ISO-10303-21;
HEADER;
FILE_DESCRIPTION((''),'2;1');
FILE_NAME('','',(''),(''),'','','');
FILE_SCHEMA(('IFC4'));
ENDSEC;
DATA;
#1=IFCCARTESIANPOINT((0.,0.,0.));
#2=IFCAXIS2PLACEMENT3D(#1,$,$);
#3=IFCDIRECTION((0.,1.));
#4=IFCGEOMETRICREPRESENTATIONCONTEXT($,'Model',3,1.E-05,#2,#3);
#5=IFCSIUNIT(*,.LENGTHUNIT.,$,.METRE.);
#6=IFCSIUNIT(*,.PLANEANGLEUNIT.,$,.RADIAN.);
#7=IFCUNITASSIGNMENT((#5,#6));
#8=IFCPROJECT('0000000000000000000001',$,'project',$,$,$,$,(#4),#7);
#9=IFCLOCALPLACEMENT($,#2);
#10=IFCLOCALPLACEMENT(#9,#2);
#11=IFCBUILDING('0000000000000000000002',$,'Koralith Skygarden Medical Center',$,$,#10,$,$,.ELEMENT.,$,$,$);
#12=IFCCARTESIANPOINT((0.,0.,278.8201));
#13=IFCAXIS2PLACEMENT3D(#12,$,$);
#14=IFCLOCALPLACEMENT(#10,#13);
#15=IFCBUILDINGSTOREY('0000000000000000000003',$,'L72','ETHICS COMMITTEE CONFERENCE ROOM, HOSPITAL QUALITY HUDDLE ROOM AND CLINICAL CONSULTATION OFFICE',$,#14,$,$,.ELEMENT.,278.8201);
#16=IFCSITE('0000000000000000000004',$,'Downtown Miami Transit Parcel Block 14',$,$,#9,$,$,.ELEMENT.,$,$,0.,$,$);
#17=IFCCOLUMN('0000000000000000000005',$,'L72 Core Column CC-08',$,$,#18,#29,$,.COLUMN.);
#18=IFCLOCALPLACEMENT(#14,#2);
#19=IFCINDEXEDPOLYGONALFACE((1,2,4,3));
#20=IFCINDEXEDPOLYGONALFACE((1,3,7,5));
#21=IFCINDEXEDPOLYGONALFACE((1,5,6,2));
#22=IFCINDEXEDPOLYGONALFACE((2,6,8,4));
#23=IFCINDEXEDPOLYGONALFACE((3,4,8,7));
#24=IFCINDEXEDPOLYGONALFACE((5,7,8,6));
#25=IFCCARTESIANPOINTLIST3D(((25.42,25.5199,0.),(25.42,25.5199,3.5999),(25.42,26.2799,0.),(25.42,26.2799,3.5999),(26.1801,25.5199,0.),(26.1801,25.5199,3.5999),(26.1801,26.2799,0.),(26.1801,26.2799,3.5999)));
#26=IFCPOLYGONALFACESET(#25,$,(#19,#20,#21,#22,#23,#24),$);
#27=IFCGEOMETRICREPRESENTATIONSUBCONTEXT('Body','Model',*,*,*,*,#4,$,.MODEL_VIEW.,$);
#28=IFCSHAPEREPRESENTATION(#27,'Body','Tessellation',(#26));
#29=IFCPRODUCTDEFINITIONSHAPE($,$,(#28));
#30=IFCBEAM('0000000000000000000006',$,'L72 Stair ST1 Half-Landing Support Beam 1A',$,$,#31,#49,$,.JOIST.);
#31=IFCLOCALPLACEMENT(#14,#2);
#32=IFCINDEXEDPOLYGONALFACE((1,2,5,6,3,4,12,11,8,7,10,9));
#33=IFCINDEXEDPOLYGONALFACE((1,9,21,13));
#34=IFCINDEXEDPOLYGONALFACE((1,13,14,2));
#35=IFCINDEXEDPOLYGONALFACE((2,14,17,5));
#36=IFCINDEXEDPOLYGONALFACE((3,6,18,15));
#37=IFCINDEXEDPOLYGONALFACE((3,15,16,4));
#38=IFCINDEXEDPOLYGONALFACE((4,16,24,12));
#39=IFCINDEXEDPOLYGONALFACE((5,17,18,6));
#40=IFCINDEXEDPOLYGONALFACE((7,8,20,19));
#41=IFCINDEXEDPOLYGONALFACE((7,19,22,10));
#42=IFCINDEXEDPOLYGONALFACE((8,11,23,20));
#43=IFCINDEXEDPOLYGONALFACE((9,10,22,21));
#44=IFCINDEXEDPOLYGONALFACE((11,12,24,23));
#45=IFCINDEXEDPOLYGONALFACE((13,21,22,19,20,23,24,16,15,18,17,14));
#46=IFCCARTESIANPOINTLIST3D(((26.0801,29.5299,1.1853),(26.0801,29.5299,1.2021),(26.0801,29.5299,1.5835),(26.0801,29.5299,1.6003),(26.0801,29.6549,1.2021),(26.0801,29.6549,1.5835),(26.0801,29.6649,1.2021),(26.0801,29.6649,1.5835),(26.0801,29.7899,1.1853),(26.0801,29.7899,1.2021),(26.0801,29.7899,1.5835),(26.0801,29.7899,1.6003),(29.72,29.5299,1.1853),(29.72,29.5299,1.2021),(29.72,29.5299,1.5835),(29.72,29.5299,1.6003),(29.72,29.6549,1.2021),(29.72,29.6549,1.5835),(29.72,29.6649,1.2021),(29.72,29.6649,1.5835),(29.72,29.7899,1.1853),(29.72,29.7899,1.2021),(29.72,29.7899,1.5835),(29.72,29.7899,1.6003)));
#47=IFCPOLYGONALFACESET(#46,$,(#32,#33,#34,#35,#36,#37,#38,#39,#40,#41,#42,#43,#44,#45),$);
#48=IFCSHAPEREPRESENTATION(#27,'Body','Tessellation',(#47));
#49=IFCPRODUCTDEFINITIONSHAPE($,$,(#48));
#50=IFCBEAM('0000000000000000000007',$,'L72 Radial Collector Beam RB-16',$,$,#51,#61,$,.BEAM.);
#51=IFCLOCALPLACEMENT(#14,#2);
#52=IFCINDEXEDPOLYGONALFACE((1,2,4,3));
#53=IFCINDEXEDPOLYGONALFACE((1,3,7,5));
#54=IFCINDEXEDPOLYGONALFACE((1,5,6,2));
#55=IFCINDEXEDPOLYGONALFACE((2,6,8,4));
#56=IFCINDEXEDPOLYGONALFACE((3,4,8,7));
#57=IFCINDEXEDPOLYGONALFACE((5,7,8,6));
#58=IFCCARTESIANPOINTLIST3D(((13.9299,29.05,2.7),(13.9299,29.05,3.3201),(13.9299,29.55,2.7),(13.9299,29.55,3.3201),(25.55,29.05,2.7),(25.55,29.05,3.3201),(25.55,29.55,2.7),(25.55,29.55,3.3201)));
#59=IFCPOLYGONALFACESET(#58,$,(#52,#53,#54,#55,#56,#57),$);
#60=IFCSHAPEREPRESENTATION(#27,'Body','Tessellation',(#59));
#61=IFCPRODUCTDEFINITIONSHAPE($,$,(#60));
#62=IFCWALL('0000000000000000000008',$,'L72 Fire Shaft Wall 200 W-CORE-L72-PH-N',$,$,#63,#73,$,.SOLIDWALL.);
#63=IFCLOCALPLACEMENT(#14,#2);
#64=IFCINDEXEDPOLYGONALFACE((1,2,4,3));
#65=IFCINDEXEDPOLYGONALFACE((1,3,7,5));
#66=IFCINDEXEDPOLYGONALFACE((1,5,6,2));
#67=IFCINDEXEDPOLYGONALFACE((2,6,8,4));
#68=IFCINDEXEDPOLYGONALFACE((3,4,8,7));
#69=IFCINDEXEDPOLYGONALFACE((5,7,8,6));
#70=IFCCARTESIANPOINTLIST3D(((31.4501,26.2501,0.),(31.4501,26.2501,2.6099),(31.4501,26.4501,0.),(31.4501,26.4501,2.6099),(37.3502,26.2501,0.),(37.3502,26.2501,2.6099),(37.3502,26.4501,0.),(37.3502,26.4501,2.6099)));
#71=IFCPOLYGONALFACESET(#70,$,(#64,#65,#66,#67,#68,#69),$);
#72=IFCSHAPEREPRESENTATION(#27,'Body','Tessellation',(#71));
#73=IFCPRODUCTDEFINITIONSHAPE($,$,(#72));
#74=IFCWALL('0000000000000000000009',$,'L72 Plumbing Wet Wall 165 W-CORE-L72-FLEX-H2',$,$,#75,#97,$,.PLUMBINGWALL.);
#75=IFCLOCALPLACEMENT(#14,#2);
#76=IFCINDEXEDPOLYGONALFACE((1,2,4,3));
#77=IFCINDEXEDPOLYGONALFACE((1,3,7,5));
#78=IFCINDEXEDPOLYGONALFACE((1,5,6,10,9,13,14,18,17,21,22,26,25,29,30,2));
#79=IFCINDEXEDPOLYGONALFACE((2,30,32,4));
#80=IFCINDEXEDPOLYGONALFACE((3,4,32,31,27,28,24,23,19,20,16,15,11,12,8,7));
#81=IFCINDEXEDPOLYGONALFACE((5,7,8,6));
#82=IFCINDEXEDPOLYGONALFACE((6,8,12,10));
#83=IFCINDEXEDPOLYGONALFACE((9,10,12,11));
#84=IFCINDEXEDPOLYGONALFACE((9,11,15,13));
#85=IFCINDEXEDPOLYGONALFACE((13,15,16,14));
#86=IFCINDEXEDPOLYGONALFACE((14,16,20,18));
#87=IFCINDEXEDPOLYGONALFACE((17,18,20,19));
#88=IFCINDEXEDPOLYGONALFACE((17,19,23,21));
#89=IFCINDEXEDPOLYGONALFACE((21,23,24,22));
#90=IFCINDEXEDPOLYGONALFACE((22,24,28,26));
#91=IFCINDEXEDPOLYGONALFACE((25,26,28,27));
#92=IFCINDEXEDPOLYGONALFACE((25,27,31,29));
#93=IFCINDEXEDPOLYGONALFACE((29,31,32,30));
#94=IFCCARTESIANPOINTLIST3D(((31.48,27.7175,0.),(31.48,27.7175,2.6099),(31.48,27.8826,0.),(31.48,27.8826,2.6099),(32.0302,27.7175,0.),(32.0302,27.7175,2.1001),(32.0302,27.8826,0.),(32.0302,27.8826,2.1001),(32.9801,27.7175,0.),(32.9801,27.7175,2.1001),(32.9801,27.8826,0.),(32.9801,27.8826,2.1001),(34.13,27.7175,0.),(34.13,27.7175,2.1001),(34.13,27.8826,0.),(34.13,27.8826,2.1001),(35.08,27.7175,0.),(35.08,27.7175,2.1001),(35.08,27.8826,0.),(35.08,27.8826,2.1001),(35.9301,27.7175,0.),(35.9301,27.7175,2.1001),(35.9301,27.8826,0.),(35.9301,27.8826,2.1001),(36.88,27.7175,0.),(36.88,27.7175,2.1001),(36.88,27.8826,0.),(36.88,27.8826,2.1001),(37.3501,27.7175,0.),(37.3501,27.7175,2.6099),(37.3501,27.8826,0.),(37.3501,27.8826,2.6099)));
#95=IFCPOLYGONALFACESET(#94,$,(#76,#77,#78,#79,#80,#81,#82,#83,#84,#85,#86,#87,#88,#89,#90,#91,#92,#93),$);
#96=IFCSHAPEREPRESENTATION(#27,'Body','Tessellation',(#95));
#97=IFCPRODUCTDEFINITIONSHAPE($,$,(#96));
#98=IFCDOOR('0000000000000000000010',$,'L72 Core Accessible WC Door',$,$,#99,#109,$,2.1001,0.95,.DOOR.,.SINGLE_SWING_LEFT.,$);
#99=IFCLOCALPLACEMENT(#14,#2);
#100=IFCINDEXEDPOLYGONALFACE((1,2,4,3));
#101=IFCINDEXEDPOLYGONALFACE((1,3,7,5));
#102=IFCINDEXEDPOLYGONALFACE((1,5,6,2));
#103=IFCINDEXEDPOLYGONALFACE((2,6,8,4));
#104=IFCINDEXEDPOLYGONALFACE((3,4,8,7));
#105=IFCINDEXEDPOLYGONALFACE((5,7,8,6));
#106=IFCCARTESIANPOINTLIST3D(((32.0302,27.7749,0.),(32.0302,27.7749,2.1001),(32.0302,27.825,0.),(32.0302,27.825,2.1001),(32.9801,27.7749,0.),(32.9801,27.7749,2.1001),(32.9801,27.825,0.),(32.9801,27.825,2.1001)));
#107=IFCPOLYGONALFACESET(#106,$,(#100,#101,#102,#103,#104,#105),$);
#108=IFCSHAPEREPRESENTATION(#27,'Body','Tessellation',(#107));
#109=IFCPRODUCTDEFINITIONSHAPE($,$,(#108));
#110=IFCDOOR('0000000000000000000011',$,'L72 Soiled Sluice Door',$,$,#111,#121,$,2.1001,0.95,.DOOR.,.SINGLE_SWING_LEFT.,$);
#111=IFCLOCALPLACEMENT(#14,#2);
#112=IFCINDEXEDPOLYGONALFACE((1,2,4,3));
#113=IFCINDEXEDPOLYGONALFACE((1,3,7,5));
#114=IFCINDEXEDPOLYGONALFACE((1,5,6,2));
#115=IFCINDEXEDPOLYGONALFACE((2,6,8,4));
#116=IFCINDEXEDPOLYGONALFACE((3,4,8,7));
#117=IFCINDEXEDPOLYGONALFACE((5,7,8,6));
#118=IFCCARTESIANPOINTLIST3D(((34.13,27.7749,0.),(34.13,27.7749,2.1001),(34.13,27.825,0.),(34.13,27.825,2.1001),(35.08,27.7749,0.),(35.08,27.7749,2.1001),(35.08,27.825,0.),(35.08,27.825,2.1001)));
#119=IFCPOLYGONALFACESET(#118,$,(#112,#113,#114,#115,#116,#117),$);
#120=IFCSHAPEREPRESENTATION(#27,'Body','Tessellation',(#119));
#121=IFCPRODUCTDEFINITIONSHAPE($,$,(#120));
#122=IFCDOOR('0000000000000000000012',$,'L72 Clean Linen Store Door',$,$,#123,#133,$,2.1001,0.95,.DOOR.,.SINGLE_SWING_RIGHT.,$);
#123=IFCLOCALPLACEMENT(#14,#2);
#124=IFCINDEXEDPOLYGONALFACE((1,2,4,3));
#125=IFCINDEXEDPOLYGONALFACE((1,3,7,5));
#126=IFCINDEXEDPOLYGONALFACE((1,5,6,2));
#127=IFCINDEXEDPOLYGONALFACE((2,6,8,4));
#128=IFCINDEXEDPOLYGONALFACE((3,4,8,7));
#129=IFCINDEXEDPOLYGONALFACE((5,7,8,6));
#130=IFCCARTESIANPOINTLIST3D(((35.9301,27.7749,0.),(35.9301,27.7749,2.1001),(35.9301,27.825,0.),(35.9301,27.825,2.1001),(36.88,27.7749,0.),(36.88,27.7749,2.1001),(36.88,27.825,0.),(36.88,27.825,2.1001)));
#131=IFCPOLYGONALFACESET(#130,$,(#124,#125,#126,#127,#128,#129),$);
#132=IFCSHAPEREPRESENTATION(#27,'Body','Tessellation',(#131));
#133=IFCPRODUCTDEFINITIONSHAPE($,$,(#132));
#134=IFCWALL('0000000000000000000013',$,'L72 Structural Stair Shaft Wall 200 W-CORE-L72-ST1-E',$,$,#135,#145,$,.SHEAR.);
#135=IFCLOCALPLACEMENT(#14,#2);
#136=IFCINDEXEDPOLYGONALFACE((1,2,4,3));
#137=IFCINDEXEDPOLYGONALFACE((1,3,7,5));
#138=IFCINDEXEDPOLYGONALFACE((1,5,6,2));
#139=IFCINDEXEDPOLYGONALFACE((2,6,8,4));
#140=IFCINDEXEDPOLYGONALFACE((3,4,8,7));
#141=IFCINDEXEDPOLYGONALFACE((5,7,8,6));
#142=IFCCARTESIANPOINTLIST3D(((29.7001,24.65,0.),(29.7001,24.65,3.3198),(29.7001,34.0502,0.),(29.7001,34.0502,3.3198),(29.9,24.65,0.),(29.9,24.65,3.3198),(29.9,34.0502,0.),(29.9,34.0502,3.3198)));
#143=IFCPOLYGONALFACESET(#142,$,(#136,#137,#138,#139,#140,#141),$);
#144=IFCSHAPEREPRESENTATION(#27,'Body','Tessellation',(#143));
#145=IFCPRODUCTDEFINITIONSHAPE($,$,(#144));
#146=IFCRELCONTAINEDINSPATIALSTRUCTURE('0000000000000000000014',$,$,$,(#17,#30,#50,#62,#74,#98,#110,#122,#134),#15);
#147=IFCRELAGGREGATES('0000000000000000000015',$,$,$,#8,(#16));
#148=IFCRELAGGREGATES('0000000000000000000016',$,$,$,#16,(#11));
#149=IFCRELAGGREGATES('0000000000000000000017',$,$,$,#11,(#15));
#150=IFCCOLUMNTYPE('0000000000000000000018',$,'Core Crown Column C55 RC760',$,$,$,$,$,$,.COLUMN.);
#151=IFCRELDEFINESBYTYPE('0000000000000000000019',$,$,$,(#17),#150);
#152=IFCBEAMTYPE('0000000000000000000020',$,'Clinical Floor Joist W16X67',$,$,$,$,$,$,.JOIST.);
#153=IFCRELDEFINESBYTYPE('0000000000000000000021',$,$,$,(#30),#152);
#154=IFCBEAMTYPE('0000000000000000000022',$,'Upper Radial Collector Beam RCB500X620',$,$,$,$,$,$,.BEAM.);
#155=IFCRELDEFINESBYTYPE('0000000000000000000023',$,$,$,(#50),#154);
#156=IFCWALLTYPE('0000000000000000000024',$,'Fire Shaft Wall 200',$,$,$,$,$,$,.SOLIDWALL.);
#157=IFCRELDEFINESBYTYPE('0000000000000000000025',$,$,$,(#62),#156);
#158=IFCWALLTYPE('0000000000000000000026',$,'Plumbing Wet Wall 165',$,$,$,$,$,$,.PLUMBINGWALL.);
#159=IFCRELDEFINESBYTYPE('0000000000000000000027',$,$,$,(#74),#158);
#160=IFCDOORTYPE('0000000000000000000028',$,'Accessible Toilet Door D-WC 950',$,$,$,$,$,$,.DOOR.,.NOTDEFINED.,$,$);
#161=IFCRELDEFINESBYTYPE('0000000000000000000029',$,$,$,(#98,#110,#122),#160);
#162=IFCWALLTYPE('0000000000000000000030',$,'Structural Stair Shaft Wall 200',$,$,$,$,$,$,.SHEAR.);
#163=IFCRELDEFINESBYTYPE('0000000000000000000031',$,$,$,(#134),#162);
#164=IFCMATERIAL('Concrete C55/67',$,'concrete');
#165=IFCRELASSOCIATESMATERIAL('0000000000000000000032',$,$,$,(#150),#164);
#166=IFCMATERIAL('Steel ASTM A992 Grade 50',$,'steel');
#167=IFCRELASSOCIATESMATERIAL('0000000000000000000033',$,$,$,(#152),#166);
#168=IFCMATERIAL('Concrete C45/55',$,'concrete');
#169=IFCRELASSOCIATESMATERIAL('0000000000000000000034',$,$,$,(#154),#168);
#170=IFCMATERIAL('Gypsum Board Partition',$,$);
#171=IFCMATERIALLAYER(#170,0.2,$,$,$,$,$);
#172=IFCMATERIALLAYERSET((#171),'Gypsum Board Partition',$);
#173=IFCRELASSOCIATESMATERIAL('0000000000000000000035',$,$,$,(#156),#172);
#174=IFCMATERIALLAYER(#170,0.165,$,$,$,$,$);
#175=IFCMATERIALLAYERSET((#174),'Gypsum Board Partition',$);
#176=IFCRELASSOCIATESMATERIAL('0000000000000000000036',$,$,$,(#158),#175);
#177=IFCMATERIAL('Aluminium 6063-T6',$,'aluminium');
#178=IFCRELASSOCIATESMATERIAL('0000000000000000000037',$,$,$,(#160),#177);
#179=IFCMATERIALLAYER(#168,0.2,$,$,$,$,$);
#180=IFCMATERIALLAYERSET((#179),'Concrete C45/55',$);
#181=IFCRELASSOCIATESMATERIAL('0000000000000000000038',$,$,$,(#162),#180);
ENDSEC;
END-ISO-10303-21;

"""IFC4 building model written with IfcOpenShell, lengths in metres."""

from ifc_helpers import new_model, si_unit, direction, frame, frame_2d, origin, origin_2d, place, context, subcontext, project, spatial, rectangle, i_section, extrude, material, layer, layer_set, material_profile, profile_set, type_object, element, fill, save


model = new_model("IFC4")

# Units and contexts
model_context = context("Model", 3, precision=1e-05, world=origin(), true_north=direction((0.0, 1.0)))
body_context = subcontext(model_context, "Body", "Model", "MODEL_VIEW")
ifc_project = project(units=[si_unit("LENGTHUNIT", "METRE"), si_unit("PLANEANGLEUNIT", "RADIAN")], contexts=[model_context])

# Site, building, storey
site_placement = place(None, origin())
site = spatial("IfcSite", under=ifc_project, at=site_placement, Name="Downtown Miami Transit Parcel Block 14", CompositionType="ELEMENT", RefElevation=0.0)
building_placement = place(site_placement, origin())
building = spatial("IfcBuilding", under=site, at=building_placement, Name="Koralith Skygarden Medical Center", CompositionType="ELEMENT")
storey_placement = place(building_placement, frame((0.0, 0.0, 278.8201)))
storey = spatial("IfcBuildingStorey", under=building, at=storey_placement, Name="L72", Description="ETHICS COMMITTEE CONFERENCE ROOM, HOSPITAL QUALITY HUDDLE ROOM AND CLINICAL CONSULTATION OFFICE", CompositionType="ELEMENT", Elevation=278.8201)

# Column
ifc_material_1 = material(Name="Concrete C55/67", Category="concrete")
ifc_material_profile_1 = material_profile(ifc_material_1, rectangle(XDim=0.76, YDim=0.76, at=origin_2d()), Name="RC760X760")
ifc_profile_set_1 = profile_set([ifc_material_profile_1], Name="Concrete C55/67")
column_type = type_object("IfcColumnType", Name="Core Crown Column C55 RC760", PredefinedType="COLUMN", material=ifc_profile_set_1)
column_placement = place(storey_placement, frame((25.8, 25.8999, 0.0), z_axis=(0.0, 0.0, 1.0), x_axis=(1.0, 0.0, 0.0)))
element("IfcColumn", 1, at=column_placement, inside=storey, type_object=column_type, Name="L72 Core Column CC-08", PredefinedType="COLUMN", context=body_context, shape_type="SweptSolid", body=[
    extrude(rectangle(XDim=0.76, YDim=0.76, at=origin_2d()), origin(), (0.0, 0.0, 1.0), 3.5999),
])

# Beams
ifc_material_2 = material(Name="Steel ASTM A992 Grade 50", Category="steel")
ifc_material_profile_2 = material_profile(ifc_material_2, i_section(OverallWidth=0.26, OverallDepth=0.415, WebThickness=0.01, FlangeThickness=0.0168, at=origin_2d()), Name="W16X67")
ifc_profile_set_2 = profile_set([ifc_material_profile_2], Name="Steel ASTM A992 Grade 50")
beam_type_1 = type_object("IfcBeamType", Name="Clinical Floor Joist W16X67", PredefinedType="JOIST", material=ifc_profile_set_2)
beam_1_placement = place(storey_placement, frame((26.0801, 29.6599, 1.3928), z_axis=(1.0, 0.0, 0.0), x_axis=(0.0, 1.0, 0.0)))
element("IfcBeam", 2, at=beam_1_placement, inside=storey, type_object=beam_type_1, Name="L72 Stair ST1 Half-Landing Support Beam 1A", PredefinedType="JOIST", context=body_context, shape_type="SweptSolid", body=[
    extrude(i_section(OverallWidth=0.26, OverallDepth=0.415, WebThickness=0.01, FlangeThickness=0.0168, at=origin_2d()), origin(), (0.0, 0.0, 1.0), 3.6399),
])
ifc_material_3 = material(Name="Concrete C45/55", Category="concrete")
ifc_material_profile_3 = material_profile(ifc_material_3, rectangle(XDim=0.5, YDim=0.6201, at=origin_2d()), Name="RCB500X620")
ifc_profile_set_3 = profile_set([ifc_material_profile_3], Name="Concrete C45/55")
beam_type_2 = type_object("IfcBeamType", Name="Upper Radial Collector Beam RCB500X620", PredefinedType="BEAM", material=ifc_profile_set_3)
beam_2_placement = place(storey_placement, frame((25.55, 29.3, 3.01), z_axis=(-1.0, 0.0, 0.0), x_axis=(0.0, -1.0, 0.0)))
element("IfcBeam", 3, at=beam_2_placement, inside=storey, type_object=beam_type_2, Name="L72 Radial Collector Beam RB-16", PredefinedType="BEAM", context=body_context, shape_type="SweptSolid", body=[
    extrude(rectangle(XDim=0.5, YDim=0.6201, at=origin_2d()), origin(), (0.0, 0.0, 1.0), 11.6201),
])

# Wall
ifc_material_4 = material(Name="Gypsum Board Partition")
ifc_layer_1 = layer(ifc_material_4, 0.2)
ifc_layer_set_1 = layer_set([ifc_layer_1], Name="Gypsum Board Partition")
wall_type_1 = type_object("IfcWallType", Name="Fire Shaft Wall 200", PredefinedType="SOLIDWALL", material=ifc_layer_set_1)
wall_1_placement = place(storey_placement, frame((31.45, 26.3501, 0.0), z_axis=(0.0, 0.0, 1.0), x_axis=(1.0, 0.0, 0.0)))
element("IfcWall", 4, at=wall_1_placement, inside=storey, type_object=wall_type_1, Name="L72 Fire Shaft Wall 200 W-CORE-L72-PH-N", PredefinedType="SOLIDWALL", context=body_context, shape_type="SweptSolid", body=[
    extrude(rectangle(XDim=5.9001, YDim=0.2, at=frame_2d((2.9502, 0.0))), origin(), (0.0, 0.0, 1.0), 2.6099),
])

# Shared definitions
ifc_layer_2 = layer(ifc_material_4, 0.165)
ifc_layer_set_2 = layer_set([ifc_layer_2], Name="Gypsum Board Partition")
wall_type_2 = type_object("IfcWallType", Name="Plumbing Wet Wall 165", PredefinedType="PLUMBINGWALL", material=ifc_layer_set_2)
ifc_material_5 = material(Name="Aluminium 6063-T6", Category="aluminium")

# Wall, openings, doors
wall_2_placement = place(storey_placement, frame((31.48, 27.8, 0.0), z_axis=(0.0, 0.0, 1.0), x_axis=(1.0, 0.0, 0.0)))
wall_2 = element("IfcWall", 5, at=wall_2_placement, inside=storey, type_object=wall_type_2, Name="L72 Plumbing Wet Wall 165 W-CORE-L72-FLEX-H2", PredefinedType="PLUMBINGWALL", context=body_context, shape_type="SweptSolid", body=[
    extrude(rectangle(XDim=5.8701, YDim=0.165, at=frame_2d((2.9351, 0.0))), origin(), (0.0, 0.0, 1.0), 2.6099),
])
opening_1_placement = place(wall_2_placement, frame((0.55, 0.0, 0.0)))
opening_1 = element("IfcOpeningElement", 6, at=opening_1_placement, cuts=wall_2, PredefinedType="OPENING", context=body_context, shape_type="SweptSolid", body=[
    extrude(rectangle(XDim=0.95, YDim=2.1001, at=frame_2d((0.4751, 1.05))), frame((0.0, 0.0925, 0.0), z_axis=(0.0, -1.0, 0.0), x_axis=(1.0, 0.0, 0.0)), (0.0, 0.0, 1.0), 0.1851),
])
opening_2_placement = place(wall_2_placement, frame((2.6499, 0.0, 0.0)))
opening_2 = element("IfcOpeningElement", 7, at=opening_2_placement, cuts=wall_2, PredefinedType="OPENING", context=body_context, shape_type="SweptSolid", body=[
    extrude(rectangle(XDim=0.95, YDim=2.1001, at=frame_2d((0.4751, 1.05))), frame((0.0, 0.0925, 0.0), z_axis=(0.0, -1.0, 0.0), x_axis=(1.0, 0.0, 0.0)), (0.0, 0.0, 1.0), 0.1851),
])
opening_3_placement = place(wall_2_placement, frame((4.45, 0.0, 0.0)))
opening_3 = element("IfcOpeningElement", 8, at=opening_3_placement, cuts=wall_2, PredefinedType="OPENING", context=body_context, shape_type="SweptSolid", body=[
    extrude(rectangle(XDim=0.95, YDim=2.1001, at=frame_2d((0.4751, 1.05))), frame((0.0, 0.0925, 0.0), z_axis=(0.0, -1.0, 0.0), x_axis=(1.0, 0.0, 0.0)), (0.0, 0.0, 1.0), 0.1851),
])
door_type_1 = type_object("IfcDoorType", Name="Accessible Toilet Door D-WC 950", OperationType="NOTDEFINED", PredefinedType="DOOR", material=ifc_material_5)
door_1_placement = place(opening_1_placement, origin())
door_1 = element("IfcDoor", 9, at=door_1_placement, inside=storey, type_object=door_type_1, Name="L72 Core Accessible WC Door", OperationType="SINGLE_SWING_LEFT", OverallHeight=2.1001, OverallWidth=0.95, PredefinedType="DOOR", context=body_context, shape_type="SweptSolid", body=[
    extrude(rectangle(XDim=0.95, YDim=2.1001, at=frame_2d((0.4751, 1.05))), frame((0.0, 0.0249, 0.0), z_axis=(0.0, -1.0, 0.0), x_axis=(1.0, 0.0, 0.0)), (0.0, 0.0, 1.0), 0.05),
])
fill(opening_1, door_1)
door_2_placement = place(opening_2_placement, origin())
door_2 = element("IfcDoor", 10, at=door_2_placement, inside=storey, type_object=door_type_1, Name="L72 Soiled Sluice Door", OperationType="SINGLE_SWING_LEFT", OverallHeight=2.1001, OverallWidth=0.95, PredefinedType="DOOR", context=body_context, shape_type="SweptSolid", body=[
    extrude(rectangle(XDim=0.95, YDim=2.1001, at=frame_2d((0.4751, 1.05))), frame((0.0, 0.0249, 0.0), z_axis=(0.0, -1.0, 0.0), x_axis=(1.0, 0.0, 0.0)), (0.0, 0.0, 1.0), 0.05),
])
fill(opening_2, door_2)
door_3_placement = place(opening_3_placement, origin())
door_3 = element("IfcDoor", 11, at=door_3_placement, inside=storey, type_object=door_type_1, Name="L72 Clean Linen Store Door", OperationType="SINGLE_SWING_RIGHT", OverallHeight=2.1001, OverallWidth=0.95, PredefinedType="DOOR", context=body_context, shape_type="SweptSolid", body=[
    extrude(rectangle(XDim=0.95, YDim=2.1001, at=frame_2d((0.4751, 1.05))), frame((0.0, 0.0249, 0.0), z_axis=(0.0, -1.0, 0.0), x_axis=(1.0, 0.0, 0.0)), (0.0, 0.0, 1.0), 0.05),
])
fill(opening_3, door_3)

# Wall
ifc_layer_3 = layer(ifc_material_3, 0.2)
ifc_layer_set_3 = layer_set([ifc_layer_3], Name="Concrete C45/55")
wall_type_3 = type_object("IfcWallType", Name="Structural Stair Shaft Wall 200", PredefinedType="SHEAR", material=ifc_layer_set_3)
wall_3_placement = place(storey_placement, frame((29.8, 24.6499, 0.0), z_axis=(0.0, 0.0, 1.0), x_axis=(0.0, 1.0, 0.0)))
element("IfcWall", 12, at=wall_3_placement, inside=storey, type_object=wall_type_3, Name="L72 Structural Stair Shaft Wall 200 W-CORE-L72-ST1-E", PredefinedType="SHEAR", context=body_context, shape_type="SweptSolid", body=[
    extrude(rectangle(XDim=9.4001, YDim=0.2, at=frame_2d((4.7002, 0.0))), origin(), (0.0, 0.0, 1.0), 3.3198),
])

save(model, "model.ifc")
